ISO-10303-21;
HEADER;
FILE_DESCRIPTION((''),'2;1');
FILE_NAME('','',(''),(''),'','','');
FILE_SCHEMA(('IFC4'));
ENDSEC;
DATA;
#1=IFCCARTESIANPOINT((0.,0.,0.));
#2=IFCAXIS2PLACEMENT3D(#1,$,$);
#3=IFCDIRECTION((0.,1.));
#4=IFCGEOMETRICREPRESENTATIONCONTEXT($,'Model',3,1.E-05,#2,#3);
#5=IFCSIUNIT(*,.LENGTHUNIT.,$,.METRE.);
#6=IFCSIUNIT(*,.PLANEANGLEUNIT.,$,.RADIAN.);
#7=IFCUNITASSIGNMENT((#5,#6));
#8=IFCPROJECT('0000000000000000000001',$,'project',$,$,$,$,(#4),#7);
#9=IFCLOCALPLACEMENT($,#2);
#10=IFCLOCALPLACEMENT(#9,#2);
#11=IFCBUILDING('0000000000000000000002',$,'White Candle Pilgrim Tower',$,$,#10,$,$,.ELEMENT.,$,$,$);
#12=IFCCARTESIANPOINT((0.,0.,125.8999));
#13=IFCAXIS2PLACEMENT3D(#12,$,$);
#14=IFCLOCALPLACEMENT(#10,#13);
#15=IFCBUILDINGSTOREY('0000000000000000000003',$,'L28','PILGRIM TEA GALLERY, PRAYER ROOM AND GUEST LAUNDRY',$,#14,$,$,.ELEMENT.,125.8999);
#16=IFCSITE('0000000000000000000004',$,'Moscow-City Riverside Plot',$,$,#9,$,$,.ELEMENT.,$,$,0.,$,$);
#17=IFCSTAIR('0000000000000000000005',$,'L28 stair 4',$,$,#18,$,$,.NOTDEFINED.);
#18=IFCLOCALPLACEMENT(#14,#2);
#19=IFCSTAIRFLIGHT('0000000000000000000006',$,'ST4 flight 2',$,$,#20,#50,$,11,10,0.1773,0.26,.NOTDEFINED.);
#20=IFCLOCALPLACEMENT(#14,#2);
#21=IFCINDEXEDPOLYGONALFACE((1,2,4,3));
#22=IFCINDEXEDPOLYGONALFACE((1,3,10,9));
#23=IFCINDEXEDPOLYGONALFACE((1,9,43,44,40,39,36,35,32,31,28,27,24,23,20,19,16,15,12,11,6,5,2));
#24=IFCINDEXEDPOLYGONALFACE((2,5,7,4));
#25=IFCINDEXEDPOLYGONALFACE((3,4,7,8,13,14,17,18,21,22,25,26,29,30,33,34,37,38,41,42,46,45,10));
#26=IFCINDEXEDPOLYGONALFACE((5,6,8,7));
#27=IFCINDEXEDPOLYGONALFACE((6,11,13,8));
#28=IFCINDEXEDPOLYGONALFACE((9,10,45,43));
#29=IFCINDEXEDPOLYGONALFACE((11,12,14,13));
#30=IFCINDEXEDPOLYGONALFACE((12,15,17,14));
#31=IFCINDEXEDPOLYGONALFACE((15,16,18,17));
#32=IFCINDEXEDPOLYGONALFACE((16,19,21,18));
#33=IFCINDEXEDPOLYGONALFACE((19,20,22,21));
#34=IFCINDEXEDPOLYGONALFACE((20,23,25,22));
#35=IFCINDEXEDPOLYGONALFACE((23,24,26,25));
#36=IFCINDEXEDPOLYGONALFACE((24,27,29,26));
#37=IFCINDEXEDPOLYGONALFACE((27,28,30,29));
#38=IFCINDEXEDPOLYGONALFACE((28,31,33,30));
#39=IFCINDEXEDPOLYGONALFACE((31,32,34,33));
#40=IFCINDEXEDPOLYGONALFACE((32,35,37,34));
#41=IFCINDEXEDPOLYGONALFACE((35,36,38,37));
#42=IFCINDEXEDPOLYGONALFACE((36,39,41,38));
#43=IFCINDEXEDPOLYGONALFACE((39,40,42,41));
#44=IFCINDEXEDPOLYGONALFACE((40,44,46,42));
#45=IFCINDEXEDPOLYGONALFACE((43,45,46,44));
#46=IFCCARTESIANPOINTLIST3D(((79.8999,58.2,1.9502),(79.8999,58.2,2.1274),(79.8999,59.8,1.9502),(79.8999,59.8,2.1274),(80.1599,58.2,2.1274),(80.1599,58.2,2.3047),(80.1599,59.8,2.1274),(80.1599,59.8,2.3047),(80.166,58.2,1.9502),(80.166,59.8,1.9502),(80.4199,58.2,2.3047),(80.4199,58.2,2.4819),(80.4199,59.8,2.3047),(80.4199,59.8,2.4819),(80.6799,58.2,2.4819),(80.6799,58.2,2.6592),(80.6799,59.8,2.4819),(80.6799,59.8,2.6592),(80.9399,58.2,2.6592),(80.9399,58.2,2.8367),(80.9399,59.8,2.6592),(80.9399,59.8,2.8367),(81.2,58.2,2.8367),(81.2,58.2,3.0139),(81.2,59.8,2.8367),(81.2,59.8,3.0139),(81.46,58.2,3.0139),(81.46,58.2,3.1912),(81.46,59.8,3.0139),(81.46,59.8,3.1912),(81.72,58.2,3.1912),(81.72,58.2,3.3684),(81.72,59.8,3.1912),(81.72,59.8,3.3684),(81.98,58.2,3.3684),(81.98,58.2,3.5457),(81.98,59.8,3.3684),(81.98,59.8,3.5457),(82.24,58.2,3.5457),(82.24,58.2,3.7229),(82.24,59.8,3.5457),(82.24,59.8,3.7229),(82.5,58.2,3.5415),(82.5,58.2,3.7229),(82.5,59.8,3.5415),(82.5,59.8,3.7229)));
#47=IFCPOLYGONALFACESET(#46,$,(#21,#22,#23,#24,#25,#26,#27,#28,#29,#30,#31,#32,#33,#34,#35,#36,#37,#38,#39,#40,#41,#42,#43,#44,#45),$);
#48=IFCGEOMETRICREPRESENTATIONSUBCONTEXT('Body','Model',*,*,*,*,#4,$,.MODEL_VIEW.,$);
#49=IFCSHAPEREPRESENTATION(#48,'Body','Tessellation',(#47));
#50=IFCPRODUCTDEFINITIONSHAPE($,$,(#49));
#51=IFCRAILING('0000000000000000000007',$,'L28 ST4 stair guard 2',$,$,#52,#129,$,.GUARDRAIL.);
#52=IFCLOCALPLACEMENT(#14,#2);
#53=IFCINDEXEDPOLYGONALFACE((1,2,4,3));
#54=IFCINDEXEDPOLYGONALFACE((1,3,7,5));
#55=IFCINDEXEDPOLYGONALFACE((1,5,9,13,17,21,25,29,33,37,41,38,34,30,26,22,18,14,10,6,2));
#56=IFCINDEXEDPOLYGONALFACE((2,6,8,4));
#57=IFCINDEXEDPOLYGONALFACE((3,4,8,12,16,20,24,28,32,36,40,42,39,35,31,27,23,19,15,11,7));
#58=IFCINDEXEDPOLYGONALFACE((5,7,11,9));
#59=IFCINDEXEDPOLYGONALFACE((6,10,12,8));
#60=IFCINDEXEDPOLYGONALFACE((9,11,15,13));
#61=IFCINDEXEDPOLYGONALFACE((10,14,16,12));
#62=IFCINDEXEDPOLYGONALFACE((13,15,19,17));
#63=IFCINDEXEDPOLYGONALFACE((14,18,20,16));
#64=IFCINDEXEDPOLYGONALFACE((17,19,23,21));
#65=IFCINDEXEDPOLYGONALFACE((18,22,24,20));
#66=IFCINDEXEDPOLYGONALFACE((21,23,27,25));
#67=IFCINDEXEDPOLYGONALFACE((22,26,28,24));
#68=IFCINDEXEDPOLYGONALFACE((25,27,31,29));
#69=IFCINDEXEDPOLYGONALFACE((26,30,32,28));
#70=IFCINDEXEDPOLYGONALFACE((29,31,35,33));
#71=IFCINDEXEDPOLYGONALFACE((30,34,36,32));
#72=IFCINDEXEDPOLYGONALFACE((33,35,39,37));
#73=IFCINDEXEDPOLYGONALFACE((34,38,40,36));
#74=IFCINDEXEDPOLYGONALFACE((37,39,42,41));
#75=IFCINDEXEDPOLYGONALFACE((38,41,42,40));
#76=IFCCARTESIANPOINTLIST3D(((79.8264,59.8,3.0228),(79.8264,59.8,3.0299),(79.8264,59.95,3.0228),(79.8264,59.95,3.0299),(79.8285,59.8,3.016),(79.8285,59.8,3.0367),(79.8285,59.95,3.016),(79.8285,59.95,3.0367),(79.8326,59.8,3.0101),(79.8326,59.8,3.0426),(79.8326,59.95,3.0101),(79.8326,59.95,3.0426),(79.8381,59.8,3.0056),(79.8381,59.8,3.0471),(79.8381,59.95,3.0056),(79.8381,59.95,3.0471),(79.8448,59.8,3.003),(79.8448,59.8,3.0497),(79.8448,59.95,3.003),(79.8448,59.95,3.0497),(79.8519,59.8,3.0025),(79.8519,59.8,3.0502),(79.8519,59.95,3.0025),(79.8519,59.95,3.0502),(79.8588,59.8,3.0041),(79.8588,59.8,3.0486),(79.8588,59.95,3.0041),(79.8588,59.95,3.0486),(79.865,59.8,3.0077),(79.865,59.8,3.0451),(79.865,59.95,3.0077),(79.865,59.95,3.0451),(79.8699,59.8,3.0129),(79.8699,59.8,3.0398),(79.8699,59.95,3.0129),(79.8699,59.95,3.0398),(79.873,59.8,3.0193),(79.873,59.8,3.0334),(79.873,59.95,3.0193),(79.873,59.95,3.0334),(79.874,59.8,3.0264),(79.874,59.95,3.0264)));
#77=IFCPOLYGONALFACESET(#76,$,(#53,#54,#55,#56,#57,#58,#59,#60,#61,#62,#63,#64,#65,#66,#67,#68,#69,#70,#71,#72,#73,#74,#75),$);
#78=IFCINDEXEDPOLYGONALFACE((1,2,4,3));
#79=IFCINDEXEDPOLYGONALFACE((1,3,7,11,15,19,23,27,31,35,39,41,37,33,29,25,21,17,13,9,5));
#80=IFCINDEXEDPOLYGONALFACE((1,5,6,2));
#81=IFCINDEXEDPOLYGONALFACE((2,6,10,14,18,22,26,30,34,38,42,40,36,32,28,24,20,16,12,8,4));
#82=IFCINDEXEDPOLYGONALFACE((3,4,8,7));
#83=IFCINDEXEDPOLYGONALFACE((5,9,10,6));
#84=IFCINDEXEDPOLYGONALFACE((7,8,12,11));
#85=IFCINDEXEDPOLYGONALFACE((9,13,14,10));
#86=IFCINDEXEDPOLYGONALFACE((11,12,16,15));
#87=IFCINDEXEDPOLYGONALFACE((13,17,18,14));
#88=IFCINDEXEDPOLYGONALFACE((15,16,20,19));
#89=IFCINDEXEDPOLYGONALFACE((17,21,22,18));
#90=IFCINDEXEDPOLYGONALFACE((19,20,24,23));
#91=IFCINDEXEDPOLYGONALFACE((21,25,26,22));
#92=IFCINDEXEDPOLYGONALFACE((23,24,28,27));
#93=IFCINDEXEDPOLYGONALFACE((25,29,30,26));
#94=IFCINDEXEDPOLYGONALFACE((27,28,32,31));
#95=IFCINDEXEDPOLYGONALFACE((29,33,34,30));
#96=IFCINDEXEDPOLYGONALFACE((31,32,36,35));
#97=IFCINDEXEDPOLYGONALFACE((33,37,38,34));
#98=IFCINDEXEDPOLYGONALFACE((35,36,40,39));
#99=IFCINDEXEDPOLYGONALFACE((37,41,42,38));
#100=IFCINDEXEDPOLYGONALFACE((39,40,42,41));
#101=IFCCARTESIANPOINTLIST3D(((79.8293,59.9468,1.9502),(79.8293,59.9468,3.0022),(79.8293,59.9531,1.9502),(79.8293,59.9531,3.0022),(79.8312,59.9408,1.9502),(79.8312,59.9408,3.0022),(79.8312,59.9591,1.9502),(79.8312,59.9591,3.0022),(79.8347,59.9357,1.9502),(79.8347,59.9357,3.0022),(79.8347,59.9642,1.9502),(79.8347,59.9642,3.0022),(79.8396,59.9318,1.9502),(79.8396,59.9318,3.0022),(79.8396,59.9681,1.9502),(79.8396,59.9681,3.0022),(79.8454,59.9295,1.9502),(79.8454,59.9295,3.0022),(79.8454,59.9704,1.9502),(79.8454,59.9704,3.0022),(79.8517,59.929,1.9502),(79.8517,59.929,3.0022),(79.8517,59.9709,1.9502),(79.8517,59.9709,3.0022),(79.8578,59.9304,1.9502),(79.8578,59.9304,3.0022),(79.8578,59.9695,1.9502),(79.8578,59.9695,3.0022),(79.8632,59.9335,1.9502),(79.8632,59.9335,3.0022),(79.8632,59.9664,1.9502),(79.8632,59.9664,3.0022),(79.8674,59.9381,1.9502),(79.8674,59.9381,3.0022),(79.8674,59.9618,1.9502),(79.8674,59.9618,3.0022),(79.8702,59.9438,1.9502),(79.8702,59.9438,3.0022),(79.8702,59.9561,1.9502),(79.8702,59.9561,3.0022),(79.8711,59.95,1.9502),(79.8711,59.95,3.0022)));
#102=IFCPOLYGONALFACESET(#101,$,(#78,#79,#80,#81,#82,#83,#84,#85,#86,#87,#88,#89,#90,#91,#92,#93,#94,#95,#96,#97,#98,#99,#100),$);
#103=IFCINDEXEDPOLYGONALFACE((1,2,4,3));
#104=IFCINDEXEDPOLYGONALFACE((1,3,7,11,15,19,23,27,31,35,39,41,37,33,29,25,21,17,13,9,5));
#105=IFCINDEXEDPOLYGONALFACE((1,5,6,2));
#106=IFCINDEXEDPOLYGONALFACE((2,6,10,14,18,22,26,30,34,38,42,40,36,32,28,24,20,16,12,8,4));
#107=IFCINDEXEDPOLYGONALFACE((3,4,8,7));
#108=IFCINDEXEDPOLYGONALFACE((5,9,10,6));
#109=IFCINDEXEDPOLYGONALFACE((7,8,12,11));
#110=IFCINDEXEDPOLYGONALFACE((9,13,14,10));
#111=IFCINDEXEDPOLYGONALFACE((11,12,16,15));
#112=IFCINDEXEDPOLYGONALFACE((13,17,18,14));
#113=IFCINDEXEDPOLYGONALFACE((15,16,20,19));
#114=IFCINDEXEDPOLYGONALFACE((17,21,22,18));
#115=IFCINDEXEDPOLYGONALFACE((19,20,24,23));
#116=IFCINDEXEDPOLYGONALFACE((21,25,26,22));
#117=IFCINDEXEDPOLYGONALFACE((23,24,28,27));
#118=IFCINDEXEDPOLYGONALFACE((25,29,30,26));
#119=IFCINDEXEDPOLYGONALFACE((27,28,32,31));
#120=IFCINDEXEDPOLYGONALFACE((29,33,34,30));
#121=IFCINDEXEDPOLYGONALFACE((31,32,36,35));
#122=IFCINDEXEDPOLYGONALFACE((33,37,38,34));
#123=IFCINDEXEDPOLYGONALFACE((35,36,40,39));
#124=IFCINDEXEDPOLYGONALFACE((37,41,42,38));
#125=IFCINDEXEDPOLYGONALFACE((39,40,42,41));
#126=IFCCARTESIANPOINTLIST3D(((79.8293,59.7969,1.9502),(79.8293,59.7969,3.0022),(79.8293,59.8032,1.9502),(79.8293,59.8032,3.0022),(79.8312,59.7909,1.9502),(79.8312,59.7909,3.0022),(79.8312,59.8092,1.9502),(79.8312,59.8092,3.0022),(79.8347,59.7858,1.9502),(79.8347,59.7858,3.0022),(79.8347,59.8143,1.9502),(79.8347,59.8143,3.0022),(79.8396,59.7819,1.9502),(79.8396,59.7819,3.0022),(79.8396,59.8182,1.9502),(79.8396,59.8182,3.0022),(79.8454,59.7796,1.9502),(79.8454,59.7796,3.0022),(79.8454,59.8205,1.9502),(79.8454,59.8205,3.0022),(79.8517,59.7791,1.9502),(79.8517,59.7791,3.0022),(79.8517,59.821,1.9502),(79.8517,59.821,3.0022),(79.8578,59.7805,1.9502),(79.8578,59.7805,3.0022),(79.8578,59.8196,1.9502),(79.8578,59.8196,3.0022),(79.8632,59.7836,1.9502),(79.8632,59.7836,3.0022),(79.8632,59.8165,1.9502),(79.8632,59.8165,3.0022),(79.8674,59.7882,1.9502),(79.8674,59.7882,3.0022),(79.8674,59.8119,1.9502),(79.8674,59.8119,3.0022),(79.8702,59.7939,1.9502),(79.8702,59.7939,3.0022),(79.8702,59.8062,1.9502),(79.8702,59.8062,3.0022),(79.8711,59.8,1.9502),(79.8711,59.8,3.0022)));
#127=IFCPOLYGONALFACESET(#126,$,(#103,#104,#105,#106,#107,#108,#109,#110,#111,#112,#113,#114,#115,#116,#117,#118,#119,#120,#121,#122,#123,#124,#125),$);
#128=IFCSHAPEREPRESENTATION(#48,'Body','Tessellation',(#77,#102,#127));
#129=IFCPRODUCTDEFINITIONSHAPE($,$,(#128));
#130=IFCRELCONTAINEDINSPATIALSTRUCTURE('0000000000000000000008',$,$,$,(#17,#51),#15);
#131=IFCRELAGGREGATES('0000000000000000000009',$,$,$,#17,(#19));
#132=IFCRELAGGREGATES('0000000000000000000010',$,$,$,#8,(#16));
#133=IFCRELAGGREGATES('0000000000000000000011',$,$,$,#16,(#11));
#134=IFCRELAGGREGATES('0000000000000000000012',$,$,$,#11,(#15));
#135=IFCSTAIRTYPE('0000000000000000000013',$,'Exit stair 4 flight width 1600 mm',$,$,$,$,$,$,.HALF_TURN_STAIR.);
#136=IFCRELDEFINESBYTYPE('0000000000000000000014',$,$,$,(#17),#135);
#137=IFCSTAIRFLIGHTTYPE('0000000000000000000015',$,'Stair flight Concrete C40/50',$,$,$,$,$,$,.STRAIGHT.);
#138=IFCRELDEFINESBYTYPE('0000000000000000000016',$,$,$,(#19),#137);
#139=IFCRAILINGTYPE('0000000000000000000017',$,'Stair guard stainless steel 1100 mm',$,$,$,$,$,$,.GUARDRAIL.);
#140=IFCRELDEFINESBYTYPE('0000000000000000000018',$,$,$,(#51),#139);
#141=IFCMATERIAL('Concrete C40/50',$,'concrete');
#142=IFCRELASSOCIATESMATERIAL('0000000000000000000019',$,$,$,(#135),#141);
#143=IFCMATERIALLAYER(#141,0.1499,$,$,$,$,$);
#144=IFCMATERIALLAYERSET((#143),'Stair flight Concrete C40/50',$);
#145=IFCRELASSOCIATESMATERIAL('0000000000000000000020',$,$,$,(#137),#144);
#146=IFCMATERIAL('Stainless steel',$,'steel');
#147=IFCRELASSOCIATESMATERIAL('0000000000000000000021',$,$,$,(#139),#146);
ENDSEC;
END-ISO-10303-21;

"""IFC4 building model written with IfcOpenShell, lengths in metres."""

from ifc_helpers import new_model, si_unit, direction, frame, origin, origin_2d, place, context, subcontext, project, spatial, polyline, circle, outline, extrude, material, layer, layer_set, type_object, element, aggregate, save


model = new_model("IFC4")

# Units and contexts
model_context = context("Model", 3, precision=1e-05, world=origin(), true_north=direction((0.0, 1.0)))
body_context = subcontext(model_context, "Body", "Model", "MODEL_VIEW")
ifc_project = project(units=[si_unit("LENGTHUNIT", "METRE"), si_unit("PLANEANGLEUNIT", "RADIAN")], contexts=[model_context])

# Site, building, storey
site_placement = place(None, origin())
site = spatial("IfcSite", under=ifc_project, at=site_placement, Name="Moscow-City Riverside Plot", CompositionType="ELEMENT", RefElevation=0.0)
building_placement = place(site_placement, origin())
building = spatial("IfcBuilding", under=site, at=building_placement, Name="White Candle Pilgrim Tower", CompositionType="ELEMENT")
storey_placement = place(building_placement, frame((0.0, 0.0, 125.8999)))
storey = spatial("IfcBuildingStorey", under=building, at=storey_placement, Name="L28", Description="PILGRIM TEA GALLERY, PRAYER ROOM AND GUEST LAUNDRY", CompositionType="ELEMENT", Elevation=125.8999)

# Stair, stair flight
ifc_material_1 = material(Name="Concrete C40/50", Category="concrete")
stair_type = type_object("IfcStairType", Name="Exit stair 4 flight width 1600 mm", PredefinedType="HALF_TURN_STAIR", material=ifc_material_1)
stair_placement = place(storey_placement, origin())
stair = element("IfcStair", 1, at=stair_placement, inside=storey, type_object=stair_type, Name="L28 stair 4", PredefinedType="NOTDEFINED")
ifc_layer_1 = layer(ifc_material_1, 0.1499)
ifc_layer_set_1 = layer_set([ifc_layer_1], Name="Stair flight Concrete C40/50")
stair_flight_type = type_object("IfcStairFlightType", Name="Stair flight Concrete C40/50", PredefinedType="STRAIGHT", material=ifc_layer_set_1)
stair_flight_placement = place(storey_placement, frame((79.8999, 59.0, 1.9502), z_axis=(0.0, 0.0, 1.0), x_axis=(1.0, 0.0, 0.0)))
stair_flight = element("IfcStairFlight", 2, at=stair_flight_placement, type_object=stair_flight_type, Name="ST4 flight 2", NumberOfRisers=11, NumberOfTreads=10, PredefinedType="NOTDEFINED", RiserHeight=0.1773, TreadLength=0.26, context=body_context, shape_type="SweptSolid", body=[
    extrude(outline(polyline([(0.0, 0.0), (0.0, 0.1772), (0.26, 0.1772), (0.26, 0.3545), (0.52, 0.3545), (0.52, 0.5317), (0.78, 0.5317), (0.78, 0.709), (1.04, 0.709), (1.04, 0.8865), (1.3, 0.8865), (1.3, 1.0637), (1.5601, 1.0637), (1.5601, 1.241), (1.8201, 1.241), (1.8201, 1.4182), (2.0801, 1.4182), (2.0801, 1.5955), (2.3401, 1.5955), (2.3401, 1.7727), (2.6001, 1.7727), (2.6001, 1.95), (2.6001, 1.5913), (0.2661, 0.0), (0.0, 0.0)])), frame((0.0, 0.8, 0.0), z_axis=(0.0, -1.0, 0.0), x_axis=(1.0, 0.0, 0.0)), (0.0, 0.0, 1.0), 1.6001),
])
aggregate(stair, [stair_flight])

# Railing
ifc_material_2 = material(Name="Stainless steel", Category="steel")
railing_type_1 = type_object("IfcRailingType", Name="Stair guard stainless steel 1100 mm", PredefinedType="GUARDRAIL", material=ifc_material_2)
railing_1_placement = place(storey_placement, frame((79.8501, 59.95, 1.9502)))
element("IfcRailing", 3, at=railing_1_placement, inside=storey, type_object=railing_type_1, Name="L28 ST4 stair guard 2", PredefinedType="GUARDRAIL", context=body_context, shape_type="SweptSolid", body=[
    extrude(circle(Radius=0.0239, at=origin_2d()), frame((0.0, 0.0, 1.0762), z_axis=(0.0, -1.0, 0.0), x_axis=(1.0, 0.0, 0.0)), (0.0, 0.0, 1.0), 0.1499),
    extrude(circle(Radius=0.021, at=origin_2d()), origin(), (0.0, 0.0, 1.0), 1.052),
    extrude(circle(Radius=0.021, at=origin_2d()), frame((0.0, -0.1499, 0.0)), (0.0, 0.0, 1.0), 1.052),
])

save(model, "model.ifc")
